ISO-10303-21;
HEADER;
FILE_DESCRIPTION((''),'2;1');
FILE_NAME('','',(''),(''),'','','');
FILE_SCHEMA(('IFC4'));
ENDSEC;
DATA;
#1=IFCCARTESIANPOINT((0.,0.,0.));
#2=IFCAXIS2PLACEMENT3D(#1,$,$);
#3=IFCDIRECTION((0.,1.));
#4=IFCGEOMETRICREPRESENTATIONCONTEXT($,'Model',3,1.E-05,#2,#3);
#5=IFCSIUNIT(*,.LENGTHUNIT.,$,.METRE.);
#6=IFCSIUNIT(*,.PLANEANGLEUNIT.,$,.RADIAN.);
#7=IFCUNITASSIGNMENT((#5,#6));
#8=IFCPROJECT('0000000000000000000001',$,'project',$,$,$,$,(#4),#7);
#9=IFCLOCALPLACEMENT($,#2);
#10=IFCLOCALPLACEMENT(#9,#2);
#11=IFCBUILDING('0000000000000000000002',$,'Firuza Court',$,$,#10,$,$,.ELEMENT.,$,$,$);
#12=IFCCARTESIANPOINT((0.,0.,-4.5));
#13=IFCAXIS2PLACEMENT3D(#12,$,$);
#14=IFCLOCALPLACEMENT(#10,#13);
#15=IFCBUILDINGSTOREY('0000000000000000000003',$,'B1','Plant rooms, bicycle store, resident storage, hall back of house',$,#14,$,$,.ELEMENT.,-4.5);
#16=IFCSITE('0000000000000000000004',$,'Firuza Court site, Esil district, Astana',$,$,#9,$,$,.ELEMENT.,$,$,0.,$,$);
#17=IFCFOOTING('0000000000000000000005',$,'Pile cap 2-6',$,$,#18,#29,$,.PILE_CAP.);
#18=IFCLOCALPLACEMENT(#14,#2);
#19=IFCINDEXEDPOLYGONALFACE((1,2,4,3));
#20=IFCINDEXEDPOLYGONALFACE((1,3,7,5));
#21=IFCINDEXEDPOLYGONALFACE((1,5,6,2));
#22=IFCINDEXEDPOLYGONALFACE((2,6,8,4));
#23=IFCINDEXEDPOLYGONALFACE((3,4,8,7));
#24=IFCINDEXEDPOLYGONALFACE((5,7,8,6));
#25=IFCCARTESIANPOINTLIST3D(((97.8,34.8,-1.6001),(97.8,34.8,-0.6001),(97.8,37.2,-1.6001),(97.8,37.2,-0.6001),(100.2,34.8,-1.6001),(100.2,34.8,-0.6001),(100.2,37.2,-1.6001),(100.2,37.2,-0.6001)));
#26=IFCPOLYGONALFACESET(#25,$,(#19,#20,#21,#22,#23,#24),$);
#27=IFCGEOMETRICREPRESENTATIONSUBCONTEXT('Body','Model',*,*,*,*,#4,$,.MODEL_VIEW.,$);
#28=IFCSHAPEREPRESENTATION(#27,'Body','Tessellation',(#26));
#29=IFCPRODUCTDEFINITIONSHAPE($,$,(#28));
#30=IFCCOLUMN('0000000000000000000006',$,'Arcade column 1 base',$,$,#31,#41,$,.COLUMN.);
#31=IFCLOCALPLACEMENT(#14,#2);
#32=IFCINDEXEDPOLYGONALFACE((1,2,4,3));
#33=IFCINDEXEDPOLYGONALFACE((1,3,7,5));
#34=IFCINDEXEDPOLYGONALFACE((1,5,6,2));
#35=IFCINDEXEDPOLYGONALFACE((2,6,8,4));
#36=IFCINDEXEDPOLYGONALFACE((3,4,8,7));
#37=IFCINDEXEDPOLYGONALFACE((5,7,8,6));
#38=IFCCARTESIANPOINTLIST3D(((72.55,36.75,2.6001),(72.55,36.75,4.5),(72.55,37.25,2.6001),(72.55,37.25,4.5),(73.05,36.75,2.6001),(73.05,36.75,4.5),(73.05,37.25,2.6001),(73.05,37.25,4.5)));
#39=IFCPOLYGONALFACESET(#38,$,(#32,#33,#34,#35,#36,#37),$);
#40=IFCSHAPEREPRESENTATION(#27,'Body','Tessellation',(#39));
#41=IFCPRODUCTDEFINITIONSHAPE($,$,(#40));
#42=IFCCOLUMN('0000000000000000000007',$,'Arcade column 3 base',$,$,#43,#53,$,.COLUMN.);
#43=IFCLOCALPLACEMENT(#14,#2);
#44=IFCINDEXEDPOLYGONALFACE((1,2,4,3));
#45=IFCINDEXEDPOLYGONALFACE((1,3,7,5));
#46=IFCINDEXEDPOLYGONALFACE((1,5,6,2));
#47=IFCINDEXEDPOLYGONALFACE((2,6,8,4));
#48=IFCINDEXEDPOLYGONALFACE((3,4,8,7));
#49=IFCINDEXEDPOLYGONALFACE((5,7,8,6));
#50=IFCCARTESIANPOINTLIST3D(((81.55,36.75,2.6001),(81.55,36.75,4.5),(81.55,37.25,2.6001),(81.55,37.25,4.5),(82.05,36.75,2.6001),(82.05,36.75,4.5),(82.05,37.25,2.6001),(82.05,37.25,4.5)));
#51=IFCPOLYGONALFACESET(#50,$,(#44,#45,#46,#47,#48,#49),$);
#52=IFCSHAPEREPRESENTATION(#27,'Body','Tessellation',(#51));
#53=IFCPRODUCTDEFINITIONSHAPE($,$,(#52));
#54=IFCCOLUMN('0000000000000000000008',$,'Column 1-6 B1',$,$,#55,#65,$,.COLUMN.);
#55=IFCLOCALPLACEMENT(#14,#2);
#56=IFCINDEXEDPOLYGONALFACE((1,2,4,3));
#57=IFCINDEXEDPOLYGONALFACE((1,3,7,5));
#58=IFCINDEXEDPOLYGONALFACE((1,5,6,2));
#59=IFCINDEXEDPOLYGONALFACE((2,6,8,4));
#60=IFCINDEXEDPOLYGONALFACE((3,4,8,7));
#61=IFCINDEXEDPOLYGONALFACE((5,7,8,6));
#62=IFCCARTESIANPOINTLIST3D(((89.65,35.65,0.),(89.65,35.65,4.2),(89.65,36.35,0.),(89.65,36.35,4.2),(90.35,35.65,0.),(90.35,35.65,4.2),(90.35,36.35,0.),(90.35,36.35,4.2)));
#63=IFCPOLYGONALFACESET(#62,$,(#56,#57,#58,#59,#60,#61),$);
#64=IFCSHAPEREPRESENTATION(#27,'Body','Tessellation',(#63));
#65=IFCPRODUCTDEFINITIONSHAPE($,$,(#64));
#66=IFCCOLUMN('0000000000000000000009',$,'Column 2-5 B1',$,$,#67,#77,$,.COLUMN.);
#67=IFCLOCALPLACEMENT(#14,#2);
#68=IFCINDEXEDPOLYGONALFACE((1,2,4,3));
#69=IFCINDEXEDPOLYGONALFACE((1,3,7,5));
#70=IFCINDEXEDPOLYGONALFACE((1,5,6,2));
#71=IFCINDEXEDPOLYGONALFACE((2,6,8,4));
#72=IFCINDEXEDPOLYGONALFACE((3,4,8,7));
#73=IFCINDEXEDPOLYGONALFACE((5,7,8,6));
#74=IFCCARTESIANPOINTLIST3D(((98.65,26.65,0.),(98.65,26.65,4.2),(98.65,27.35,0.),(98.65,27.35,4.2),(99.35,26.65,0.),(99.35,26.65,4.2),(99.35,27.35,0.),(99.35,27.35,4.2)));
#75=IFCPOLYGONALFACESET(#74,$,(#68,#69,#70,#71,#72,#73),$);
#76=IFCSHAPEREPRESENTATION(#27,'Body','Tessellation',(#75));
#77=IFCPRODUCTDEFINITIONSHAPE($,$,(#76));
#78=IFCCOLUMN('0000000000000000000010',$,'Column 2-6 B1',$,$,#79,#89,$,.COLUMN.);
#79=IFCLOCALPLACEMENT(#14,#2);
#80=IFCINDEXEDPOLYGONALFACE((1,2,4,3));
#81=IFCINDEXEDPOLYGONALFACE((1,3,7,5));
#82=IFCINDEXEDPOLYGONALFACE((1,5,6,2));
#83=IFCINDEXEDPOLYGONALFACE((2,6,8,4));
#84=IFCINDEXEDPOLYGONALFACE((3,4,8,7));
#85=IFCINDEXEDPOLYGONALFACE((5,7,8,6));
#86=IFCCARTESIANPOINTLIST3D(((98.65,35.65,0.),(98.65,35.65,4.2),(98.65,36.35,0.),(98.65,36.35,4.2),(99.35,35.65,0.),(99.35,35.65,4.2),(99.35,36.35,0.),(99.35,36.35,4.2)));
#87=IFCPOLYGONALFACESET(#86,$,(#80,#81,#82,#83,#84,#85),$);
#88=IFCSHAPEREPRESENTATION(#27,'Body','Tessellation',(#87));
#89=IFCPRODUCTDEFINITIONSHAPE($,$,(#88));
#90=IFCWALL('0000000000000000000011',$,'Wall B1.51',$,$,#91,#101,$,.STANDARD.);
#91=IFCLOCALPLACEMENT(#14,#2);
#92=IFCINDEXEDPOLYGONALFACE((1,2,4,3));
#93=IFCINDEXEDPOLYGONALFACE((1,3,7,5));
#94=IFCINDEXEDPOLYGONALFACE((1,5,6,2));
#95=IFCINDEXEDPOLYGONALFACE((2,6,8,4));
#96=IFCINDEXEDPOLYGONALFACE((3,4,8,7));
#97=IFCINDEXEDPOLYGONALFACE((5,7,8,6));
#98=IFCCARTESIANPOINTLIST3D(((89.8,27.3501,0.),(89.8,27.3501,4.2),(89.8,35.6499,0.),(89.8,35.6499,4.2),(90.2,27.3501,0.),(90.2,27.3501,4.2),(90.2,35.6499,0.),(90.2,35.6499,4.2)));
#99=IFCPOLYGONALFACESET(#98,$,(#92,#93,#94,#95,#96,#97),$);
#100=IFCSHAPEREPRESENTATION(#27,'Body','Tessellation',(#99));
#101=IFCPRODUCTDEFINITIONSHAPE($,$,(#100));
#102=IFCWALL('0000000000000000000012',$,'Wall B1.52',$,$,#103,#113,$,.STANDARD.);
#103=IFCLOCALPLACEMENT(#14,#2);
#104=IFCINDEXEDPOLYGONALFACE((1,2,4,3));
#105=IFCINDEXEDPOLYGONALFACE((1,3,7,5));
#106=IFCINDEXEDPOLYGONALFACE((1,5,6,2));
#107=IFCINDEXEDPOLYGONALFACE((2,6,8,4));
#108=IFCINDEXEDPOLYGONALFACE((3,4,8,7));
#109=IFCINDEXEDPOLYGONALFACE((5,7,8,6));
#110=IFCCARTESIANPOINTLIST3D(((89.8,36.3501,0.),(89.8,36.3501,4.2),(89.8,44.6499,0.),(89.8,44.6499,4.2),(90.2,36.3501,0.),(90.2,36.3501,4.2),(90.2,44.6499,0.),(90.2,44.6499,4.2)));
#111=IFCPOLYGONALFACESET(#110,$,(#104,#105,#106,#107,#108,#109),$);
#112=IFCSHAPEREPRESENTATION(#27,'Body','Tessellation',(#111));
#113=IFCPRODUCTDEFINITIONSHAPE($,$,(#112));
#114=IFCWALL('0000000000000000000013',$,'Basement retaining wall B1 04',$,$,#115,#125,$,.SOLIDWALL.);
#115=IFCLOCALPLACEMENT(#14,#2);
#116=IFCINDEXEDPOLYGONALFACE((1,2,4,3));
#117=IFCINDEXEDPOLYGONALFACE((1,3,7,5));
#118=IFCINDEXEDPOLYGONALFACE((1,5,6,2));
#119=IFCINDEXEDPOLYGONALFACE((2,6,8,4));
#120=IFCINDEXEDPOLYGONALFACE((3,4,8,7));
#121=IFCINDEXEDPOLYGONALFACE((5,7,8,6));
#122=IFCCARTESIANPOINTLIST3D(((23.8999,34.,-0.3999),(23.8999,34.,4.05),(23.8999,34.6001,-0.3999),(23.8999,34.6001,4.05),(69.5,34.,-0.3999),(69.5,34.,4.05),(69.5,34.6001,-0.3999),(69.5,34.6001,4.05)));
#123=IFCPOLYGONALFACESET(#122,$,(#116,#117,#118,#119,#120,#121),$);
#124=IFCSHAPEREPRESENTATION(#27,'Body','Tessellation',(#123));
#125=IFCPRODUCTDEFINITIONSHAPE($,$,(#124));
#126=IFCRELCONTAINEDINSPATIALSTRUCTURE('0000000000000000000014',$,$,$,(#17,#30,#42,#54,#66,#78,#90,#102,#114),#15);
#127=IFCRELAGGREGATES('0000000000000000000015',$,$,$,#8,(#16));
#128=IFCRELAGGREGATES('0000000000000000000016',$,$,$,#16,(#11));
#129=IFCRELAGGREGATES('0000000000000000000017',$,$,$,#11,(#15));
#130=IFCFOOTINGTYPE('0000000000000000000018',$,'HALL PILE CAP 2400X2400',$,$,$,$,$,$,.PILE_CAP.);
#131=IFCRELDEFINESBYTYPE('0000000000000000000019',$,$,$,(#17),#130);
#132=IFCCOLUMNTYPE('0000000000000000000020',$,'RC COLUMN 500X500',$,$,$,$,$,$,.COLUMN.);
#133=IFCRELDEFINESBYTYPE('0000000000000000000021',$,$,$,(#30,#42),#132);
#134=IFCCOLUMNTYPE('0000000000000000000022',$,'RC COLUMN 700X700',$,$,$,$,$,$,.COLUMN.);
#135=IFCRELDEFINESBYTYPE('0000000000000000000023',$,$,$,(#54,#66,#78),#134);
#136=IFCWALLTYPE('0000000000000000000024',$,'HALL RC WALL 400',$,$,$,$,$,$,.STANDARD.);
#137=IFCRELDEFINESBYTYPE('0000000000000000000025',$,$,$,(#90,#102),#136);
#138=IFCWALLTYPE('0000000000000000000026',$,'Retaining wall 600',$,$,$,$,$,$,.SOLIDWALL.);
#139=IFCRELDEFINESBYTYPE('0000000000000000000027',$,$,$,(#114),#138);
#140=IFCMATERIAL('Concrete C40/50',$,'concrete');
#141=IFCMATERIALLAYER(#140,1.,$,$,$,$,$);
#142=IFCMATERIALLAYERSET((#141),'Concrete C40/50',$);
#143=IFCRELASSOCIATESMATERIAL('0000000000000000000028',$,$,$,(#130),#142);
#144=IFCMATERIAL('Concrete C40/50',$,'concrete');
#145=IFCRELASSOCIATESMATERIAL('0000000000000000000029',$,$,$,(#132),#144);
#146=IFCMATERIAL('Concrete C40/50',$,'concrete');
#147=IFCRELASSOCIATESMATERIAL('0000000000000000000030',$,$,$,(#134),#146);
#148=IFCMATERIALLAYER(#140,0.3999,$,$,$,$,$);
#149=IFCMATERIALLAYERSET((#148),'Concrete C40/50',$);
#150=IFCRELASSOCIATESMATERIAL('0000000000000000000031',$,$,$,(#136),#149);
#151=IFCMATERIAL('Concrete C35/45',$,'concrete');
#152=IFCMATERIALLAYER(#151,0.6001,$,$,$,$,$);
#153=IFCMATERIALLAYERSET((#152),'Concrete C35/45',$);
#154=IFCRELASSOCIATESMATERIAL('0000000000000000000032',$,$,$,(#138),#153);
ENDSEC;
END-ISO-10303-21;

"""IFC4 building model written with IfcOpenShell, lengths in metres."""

from ifc_helpers import new_model, si_unit, direction, frame, frame_2d, origin, origin_2d, place, context, subcontext, project, spatial, rectangle, extrude, material, layer, layer_set, material_profile, profile_set, type_object, element, save


model = new_model("IFC4")

# Units and contexts
model_context = context("Model", 3, precision=1e-05, world=origin(), true_north=direction((0.0, 1.0)))
body_context = subcontext(model_context, "Body", "Model", "MODEL_VIEW")
ifc_project = project(units=[si_unit("LENGTHUNIT", "METRE"), si_unit("PLANEANGLEUNIT", "RADIAN")], contexts=[model_context])

# Site, building, storey
site_placement = place(None, origin())
site = spatial("IfcSite", under=ifc_project, at=site_placement, Name="Firuza Court site, Esil district, Astana", CompositionType="ELEMENT", RefElevation=0.0)
building_placement = place(site_placement, origin())
building = spatial("IfcBuilding", under=site, at=building_placement, Name="Firuza Court", CompositionType="ELEMENT")
storey_placement = place(building_placement, frame((0.0, 0.0, -4.5)))
storey = spatial("IfcBuildingStorey", under=building, at=storey_placement, Name="B1", Description="Plant rooms, bicycle store, resident storage, hall back of house", CompositionType="ELEMENT", Elevation=-4.5)

# Footing
ifc_material_1 = material(Name="Concrete C40/50", Category="concrete")
ifc_layer_1 = layer(ifc_material_1, 1.0)
ifc_layer_set_1 = layer_set([ifc_layer_1], Name="Concrete C40/50")
footing_type_1 = type_object("IfcFootingType", Name="HALL PILE CAP 2400X2400", PredefinedType="PILE_CAP", material=ifc_layer_set_1)
for number, where, z_axis, x_axis, name in (
    (1, (99.0, 36.0, -1.6001), (0.0, 0.0, 1.0), (1.0, 0.0, 0.0), "Pile cap 2-6"),
):
    element("IfcFooting", number, at=place(storey_placement, frame(where, z_axis=z_axis, x_axis=x_axis)), inside=storey, type_object=footing_type_1, Name=name, PredefinedType="PILE_CAP", context=body_context, shape_type="SweptSolid", body=[
        extrude(rectangle(XDim=2.3999, YDim=2.3999, at=origin_2d()), origin(), (0.0, 0.0, 1.0), 1.0),
    ])

# Columns
ifc_material_2 = material(Name="Concrete C40/50", Category="concrete")
ifc_material_profile_1 = material_profile(ifc_material_2, rectangle(XDim=0.5, YDim=0.5, at=origin_2d()), Name="RC 500X500")
ifc_profile_set_1 = profile_set([ifc_material_profile_1], Name="Concrete C40/50")
column_type_1 = type_object("IfcColumnType", Name="RC COLUMN 500X500", PredefinedType="COLUMN", material=ifc_profile_set_1)
for number, where, z_axis, x_axis, name in (
    (2, (72.8, 37.0, 2.6001), (0.0, 0.0, 1.0), (1.0, 0.0, 0.0), "Arcade column 1 base"),
    (3, (81.8, 37.0, 2.6001), (0.0, 0.0, 1.0), (1.0, 0.0, 0.0), "Arcade column 3 base"),
):
    element("IfcColumn", number, at=place(storey_placement, frame(where, z_axis=z_axis, x_axis=x_axis)), inside=storey, type_object=column_type_1, Name=name, PredefinedType="COLUMN", context=body_context, shape_type="SweptSolid", body=[
        extrude(rectangle(XDim=0.5, YDim=0.5, at=origin_2d()), origin(), (0.0, 0.0, 1.0), 1.8999),
    ])
ifc_material_3 = material(Name="Concrete C40/50", Category="concrete")
ifc_material_profile_2 = material_profile(ifc_material_3, rectangle(XDim=0.7, YDim=0.7, at=origin_2d()), Name="RC 700X700")
ifc_profile_set_2 = profile_set([ifc_material_profile_2], Name="Concrete C40/50")
column_type_2 = type_object("IfcColumnType", Name="RC COLUMN 700X700", PredefinedType="COLUMN", material=ifc_profile_set_2)
for number, where, z_axis, x_axis, name in (
    (4, (90.0, 36.0, 0.0), (0.0, 0.0, 1.0), (1.0, 0.0, 0.0), "Column 1-6 B1"),
    (5, (99.0, 27.0, 0.0), (0.0, 0.0, 1.0), (1.0, 0.0, 0.0), "Column 2-5 B1"),
    (6, (99.0, 36.0, 0.0), (0.0, 0.0, 1.0), (1.0, 0.0, 0.0), "Column 2-6 B1"),
):
    element("IfcColumn", number, at=place(storey_placement, frame(where, z_axis=z_axis, x_axis=x_axis)), inside=storey, type_object=column_type_2, Name=name, PredefinedType="COLUMN", context=body_context, shape_type="SweptSolid", body=[
        extrude(rectangle(XDim=0.7, YDim=0.7, at=origin_2d()), origin(), (0.0, 0.0, 1.0), 4.2),
    ])

# Walls
ifc_layer_2 = layer(ifc_material_1, 0.3999)
ifc_layer_set_2 = layer_set([ifc_layer_2], Name="Concrete C40/50")
wall_type_1 = type_object("IfcWallType", Name="HALL RC WALL 400", PredefinedType="STANDARD", material=ifc_layer_set_2)
for number, where, z_axis, x_axis, name in (
    (7, (90.0, 27.3501, 0.0), (0.0, 0.0, 1.0), (0.0, 1.0, 0.0), "Wall B1.51"),
    (8, (90.0, 36.3501, 0.0), (0.0, 0.0, 1.0), (0.0, 1.0, 0.0), "Wall B1.52"),
):
    element("IfcWall", number, at=place(storey_placement, frame(where, z_axis=z_axis, x_axis=x_axis)), inside=storey, type_object=wall_type_1, Name=name, PredefinedType="STANDARD", context=body_context, shape_type="SweptSolid", body=[
        extrude(rectangle(XDim=8.2998, YDim=0.3999, at=frame_2d((4.1499, 0.0))), origin(), (0.0, 0.0, 1.0), 4.2),
    ])
ifc_material_4 = material(Name="Concrete C35/45", Category="concrete")
ifc_layer_3 = layer(ifc_material_4, 0.6001)
ifc_layer_set_3 = layer_set([ifc_layer_3], Name="Concrete C35/45")
wall_type_2 = type_object("IfcWallType", Name="Retaining wall 600", PredefinedType="SOLIDWALL", material=ifc_layer_set_3)
wall_placement = place(storey_placement, frame((69.5, 34.3, -0.3999), z_axis=(0.0, 0.0, 1.0), x_axis=(-1.0, 0.0, 0.0)))
element("IfcWall", 9, at=wall_placement, inside=storey, type_object=wall_type_2, Name="Basement retaining wall B1 04", PredefinedType="SOLIDWALL", context=body_context, shape_type="SweptSolid", body=[
    extrude(rectangle(XDim=45.6001, YDim=0.6001, at=frame_2d((22.8, 0.0))), origin(), (0.0, 0.0, 1.0), 4.45),
])

save(model, "model.ifc")
